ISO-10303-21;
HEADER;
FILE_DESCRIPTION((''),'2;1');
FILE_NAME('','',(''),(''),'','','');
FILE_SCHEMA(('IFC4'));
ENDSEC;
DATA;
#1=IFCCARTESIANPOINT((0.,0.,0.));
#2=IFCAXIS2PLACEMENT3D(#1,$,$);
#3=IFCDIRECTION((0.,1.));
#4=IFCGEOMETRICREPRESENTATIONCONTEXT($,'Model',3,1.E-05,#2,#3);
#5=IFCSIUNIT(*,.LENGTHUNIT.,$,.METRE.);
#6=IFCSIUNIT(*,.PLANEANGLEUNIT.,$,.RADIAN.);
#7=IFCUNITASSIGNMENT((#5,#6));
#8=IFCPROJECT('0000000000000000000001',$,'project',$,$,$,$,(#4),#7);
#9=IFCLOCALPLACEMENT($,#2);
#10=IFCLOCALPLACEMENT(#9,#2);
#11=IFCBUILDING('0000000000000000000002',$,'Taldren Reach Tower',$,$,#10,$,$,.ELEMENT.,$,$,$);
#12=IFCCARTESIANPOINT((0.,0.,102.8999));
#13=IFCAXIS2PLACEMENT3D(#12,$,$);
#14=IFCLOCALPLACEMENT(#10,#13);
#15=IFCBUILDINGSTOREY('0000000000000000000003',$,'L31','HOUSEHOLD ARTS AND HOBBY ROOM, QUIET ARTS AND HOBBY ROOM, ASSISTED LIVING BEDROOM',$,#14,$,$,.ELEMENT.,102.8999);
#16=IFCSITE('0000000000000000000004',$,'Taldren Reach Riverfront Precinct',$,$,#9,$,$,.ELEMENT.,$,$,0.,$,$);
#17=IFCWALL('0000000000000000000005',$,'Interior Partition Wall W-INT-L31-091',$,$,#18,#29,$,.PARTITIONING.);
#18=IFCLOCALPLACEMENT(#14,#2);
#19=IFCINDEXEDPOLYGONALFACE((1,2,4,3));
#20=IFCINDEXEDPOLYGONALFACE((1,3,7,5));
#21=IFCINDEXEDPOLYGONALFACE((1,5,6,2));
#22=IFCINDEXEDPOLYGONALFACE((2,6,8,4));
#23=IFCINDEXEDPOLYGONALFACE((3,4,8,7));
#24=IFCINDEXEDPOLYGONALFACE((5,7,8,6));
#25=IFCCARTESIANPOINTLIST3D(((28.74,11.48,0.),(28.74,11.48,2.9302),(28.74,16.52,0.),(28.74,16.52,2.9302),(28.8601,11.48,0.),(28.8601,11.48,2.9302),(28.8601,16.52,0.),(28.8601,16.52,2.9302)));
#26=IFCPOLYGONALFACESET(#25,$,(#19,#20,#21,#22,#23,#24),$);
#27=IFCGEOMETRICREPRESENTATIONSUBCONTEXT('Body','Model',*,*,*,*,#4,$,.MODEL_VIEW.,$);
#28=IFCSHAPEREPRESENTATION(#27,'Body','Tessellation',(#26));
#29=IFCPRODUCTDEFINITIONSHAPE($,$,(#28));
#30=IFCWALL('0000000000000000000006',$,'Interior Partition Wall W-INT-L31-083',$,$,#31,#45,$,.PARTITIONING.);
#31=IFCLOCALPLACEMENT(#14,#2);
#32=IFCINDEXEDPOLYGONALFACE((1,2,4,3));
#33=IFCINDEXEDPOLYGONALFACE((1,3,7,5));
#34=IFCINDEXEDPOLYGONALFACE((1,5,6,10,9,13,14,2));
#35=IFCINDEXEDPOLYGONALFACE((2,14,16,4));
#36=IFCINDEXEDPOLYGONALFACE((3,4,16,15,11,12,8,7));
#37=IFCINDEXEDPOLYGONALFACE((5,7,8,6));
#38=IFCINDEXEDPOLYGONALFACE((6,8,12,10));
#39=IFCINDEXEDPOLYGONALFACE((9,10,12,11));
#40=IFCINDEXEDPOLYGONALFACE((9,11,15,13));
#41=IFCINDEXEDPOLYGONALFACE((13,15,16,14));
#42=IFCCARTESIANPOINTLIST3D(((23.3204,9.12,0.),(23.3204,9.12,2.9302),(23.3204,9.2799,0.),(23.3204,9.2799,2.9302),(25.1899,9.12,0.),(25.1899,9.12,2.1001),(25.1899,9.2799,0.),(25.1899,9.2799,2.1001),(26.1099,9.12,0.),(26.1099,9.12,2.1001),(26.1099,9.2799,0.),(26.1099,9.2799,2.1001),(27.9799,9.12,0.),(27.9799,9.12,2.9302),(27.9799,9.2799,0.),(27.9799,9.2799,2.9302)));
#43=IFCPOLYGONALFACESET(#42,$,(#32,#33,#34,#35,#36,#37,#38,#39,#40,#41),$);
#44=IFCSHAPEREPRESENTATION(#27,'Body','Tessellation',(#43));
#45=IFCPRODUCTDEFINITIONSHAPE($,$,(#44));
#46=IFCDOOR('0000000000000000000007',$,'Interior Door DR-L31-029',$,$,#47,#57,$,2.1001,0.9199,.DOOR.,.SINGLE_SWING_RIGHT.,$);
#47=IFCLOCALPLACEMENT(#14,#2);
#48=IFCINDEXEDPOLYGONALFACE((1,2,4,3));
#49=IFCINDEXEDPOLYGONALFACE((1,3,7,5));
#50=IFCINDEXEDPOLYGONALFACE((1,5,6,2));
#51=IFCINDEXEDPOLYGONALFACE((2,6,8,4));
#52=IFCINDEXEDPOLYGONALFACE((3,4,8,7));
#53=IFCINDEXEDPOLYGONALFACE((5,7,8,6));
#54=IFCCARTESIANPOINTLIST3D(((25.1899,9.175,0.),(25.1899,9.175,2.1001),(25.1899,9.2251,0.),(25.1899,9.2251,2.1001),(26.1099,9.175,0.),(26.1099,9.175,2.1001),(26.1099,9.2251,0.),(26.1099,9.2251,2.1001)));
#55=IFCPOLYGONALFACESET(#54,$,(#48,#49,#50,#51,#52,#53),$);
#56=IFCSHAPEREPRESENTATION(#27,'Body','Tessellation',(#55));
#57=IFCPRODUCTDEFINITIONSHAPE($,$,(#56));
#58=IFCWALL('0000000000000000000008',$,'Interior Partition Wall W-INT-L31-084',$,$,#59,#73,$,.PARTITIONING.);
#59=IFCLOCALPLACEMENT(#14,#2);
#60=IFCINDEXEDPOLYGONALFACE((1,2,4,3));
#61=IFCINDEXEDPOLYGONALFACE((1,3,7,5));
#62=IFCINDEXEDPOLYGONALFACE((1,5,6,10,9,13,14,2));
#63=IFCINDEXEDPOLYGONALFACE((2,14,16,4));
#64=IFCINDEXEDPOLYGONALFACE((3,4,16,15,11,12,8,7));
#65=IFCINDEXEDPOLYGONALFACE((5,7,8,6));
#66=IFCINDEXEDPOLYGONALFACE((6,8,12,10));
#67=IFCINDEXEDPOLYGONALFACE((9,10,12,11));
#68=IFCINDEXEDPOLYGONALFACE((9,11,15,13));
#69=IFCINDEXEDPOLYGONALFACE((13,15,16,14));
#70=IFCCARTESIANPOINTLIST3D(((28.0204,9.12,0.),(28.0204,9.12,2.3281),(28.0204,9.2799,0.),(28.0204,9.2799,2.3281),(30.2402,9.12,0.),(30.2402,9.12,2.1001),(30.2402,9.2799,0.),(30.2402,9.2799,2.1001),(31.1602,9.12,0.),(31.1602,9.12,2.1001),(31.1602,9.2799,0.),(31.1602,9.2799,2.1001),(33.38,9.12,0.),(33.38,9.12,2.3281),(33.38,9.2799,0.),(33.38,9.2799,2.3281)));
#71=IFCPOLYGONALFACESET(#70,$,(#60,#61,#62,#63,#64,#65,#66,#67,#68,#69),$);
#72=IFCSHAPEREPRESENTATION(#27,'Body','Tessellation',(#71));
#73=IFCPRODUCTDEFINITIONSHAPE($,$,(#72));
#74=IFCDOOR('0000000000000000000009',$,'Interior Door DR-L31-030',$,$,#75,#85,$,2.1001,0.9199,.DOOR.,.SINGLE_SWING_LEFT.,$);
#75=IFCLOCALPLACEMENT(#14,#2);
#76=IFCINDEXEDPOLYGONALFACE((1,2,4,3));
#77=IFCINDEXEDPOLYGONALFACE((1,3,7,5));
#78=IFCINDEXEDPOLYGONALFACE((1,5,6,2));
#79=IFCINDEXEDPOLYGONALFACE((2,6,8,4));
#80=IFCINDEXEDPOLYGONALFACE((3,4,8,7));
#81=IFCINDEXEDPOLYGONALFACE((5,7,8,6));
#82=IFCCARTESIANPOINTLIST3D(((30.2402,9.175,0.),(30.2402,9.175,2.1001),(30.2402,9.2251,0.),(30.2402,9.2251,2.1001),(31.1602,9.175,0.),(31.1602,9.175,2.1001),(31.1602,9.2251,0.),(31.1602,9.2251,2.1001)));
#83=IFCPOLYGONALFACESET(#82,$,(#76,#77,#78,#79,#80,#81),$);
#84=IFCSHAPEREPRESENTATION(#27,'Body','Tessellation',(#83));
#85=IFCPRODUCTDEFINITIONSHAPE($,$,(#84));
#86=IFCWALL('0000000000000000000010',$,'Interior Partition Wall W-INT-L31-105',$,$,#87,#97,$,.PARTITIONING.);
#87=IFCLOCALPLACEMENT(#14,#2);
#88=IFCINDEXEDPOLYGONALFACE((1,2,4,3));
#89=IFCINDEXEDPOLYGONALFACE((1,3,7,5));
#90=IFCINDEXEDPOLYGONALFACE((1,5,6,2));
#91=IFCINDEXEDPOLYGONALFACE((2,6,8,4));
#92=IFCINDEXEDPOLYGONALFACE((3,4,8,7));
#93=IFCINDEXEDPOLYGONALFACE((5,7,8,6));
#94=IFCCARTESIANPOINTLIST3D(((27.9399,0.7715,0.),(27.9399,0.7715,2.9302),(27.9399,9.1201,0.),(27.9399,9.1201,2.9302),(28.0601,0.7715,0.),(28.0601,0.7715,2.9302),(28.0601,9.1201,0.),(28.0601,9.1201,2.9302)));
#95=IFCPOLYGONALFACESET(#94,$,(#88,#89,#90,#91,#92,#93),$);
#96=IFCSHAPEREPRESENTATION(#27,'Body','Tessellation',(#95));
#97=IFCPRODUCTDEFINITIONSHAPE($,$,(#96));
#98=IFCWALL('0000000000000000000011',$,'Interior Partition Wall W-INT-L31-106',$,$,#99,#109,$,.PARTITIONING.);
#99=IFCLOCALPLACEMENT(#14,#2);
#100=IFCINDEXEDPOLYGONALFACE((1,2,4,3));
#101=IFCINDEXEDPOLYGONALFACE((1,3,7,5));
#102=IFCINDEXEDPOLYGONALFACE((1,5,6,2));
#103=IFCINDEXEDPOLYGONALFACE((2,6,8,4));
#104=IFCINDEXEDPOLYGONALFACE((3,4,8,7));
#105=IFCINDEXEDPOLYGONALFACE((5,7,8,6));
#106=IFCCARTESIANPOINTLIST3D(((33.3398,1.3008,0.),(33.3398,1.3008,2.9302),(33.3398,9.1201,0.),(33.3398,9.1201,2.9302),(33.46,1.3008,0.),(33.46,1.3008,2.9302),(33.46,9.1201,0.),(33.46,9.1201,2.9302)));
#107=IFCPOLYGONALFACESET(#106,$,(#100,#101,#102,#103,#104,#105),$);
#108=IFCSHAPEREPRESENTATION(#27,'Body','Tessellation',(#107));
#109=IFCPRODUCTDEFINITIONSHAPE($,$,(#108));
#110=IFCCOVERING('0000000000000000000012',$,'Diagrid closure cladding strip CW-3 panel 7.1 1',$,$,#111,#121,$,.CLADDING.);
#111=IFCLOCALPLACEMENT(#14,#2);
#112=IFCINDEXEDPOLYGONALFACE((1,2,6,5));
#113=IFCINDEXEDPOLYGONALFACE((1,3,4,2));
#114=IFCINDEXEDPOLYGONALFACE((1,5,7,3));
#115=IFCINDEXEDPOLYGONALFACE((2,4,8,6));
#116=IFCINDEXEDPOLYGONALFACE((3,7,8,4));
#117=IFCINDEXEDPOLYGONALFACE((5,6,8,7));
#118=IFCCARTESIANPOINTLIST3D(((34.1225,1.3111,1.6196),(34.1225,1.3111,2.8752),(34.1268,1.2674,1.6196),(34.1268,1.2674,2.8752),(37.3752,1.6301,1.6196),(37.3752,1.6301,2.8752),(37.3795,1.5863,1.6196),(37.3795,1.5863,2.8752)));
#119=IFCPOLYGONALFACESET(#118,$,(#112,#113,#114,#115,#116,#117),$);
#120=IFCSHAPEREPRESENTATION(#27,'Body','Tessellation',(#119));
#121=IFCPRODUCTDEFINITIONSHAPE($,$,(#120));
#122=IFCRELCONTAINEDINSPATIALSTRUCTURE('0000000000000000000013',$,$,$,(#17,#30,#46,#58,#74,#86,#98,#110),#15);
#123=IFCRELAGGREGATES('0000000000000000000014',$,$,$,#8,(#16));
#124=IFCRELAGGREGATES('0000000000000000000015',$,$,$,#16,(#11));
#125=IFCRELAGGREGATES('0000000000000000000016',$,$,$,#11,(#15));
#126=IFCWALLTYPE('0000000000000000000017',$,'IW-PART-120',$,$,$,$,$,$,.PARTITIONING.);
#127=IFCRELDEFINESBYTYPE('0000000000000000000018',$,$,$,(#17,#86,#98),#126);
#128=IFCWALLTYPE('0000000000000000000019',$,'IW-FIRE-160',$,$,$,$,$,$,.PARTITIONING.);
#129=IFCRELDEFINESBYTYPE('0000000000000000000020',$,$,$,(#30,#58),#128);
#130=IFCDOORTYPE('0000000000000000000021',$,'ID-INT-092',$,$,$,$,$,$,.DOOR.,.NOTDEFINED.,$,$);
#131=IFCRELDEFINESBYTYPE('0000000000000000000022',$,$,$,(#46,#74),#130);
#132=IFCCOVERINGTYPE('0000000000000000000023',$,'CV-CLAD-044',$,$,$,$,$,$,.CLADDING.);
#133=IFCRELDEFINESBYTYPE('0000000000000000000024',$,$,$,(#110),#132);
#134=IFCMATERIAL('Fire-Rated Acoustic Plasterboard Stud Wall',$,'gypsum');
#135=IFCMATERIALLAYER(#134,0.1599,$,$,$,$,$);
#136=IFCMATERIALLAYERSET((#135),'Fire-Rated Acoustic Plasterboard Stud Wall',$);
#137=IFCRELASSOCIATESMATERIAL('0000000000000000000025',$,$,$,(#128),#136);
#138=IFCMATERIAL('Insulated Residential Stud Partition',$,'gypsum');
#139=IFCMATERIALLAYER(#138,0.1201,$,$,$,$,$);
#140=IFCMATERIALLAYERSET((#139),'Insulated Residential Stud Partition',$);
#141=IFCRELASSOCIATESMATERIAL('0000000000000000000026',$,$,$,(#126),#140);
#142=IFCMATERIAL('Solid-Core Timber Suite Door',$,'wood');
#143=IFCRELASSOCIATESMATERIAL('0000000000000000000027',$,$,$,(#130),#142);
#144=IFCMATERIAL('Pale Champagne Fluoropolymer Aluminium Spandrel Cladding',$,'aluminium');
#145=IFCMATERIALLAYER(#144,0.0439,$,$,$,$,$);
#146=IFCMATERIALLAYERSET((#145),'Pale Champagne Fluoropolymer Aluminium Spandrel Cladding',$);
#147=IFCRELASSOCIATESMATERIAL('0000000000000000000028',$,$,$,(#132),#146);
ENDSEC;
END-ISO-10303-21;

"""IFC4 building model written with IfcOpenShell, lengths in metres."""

from ifc_helpers import new_model, si_unit, direction, frame, frame_2d, origin, origin_2d, place, context, subcontext, project, spatial, rectangle, extrude, source, transform, mapped, material, layer, layer_set, type_object, element, fill, save


model = new_model("IFC4")

# Units and contexts
model_context = context("Model", 3, precision=1e-05, world=origin(), true_north=direction((0.0, 1.0)))
body_context = subcontext(model_context, "Body", "Model", "MODEL_VIEW")
ifc_project = project(units=[si_unit("LENGTHUNIT", "METRE"), si_unit("PLANEANGLEUNIT", "RADIAN")], contexts=[model_context])

# Site, building, storey
site_placement = place(None, origin())
site = spatial("IfcSite", under=ifc_project, at=site_placement, Name="Taldren Reach Riverfront Precinct", CompositionType="ELEMENT", RefElevation=0.0)
building_placement = place(site_placement, origin())
building = spatial("IfcBuilding", under=site, at=building_placement, Name="Taldren Reach Tower", CompositionType="ELEMENT")
storey_placement = place(building_placement, frame((0.0, 0.0, 102.8999)))
storey = spatial("IfcBuildingStorey", under=building, at=storey_placement, Name="L31", Description="HOUSEHOLD ARTS AND HOBBY ROOM, QUIET ARTS AND HOBBY ROOM, ASSISTED LIVING BEDROOM", CompositionType="ELEMENT", Elevation=102.8999)

# Shared definitions
ifc_material_1 = material(Name="Fire-Rated Acoustic Plasterboard Stud Wall", Category="gypsum")
ifc_layer_1 = layer(ifc_material_1, 0.1599)
ifc_layer_set_1 = layer_set([ifc_layer_1], Name="Fire-Rated Acoustic Plasterboard Stud Wall")
wall_type_1 = type_object("IfcWallType", Name="IW-FIRE-160", PredefinedType="PARTITIONING", material=ifc_layer_set_1)

# Wall
ifc_material_2 = material(Name="Insulated Residential Stud Partition", Category="gypsum")
ifc_layer_2 = layer(ifc_material_2, 0.1201)
ifc_layer_set_2 = layer_set([ifc_layer_2], Name="Insulated Residential Stud Partition")
wall_type_2 = type_object("IfcWallType", Name="IW-PART-120", PredefinedType="PARTITIONING", material=ifc_layer_set_2)
shared_shape_1 = source(origin(), body_context, "Body", "SweptSolid", [
    extrude(rectangle(XDim=5.04, YDim=0.1201, at=frame_2d((2.52, 0.0))), origin(), (0.0, 0.0, 1.0), 2.9302),
])
wall_1_placement = place(storey_placement, frame((28.8, 16.52, 0.0), z_axis=(0.0, 0.0, 1.0), x_axis=(0.0, -1.0, 0.0)))
element("IfcWall", 1, at=wall_1_placement, inside=storey, type_object=wall_type_2, Name="Interior Partition Wall W-INT-L31-091", PredefinedType="PARTITIONING", context=body_context, shape_type="MappedRepresentation", body=[
    mapped(shared_shape_1, transform((0.0, 0.0, 0.0), scale=1.0)),
])

# Walls, openings, doors
shared_shape_2 = source(origin(), body_context, "Body", "SweptSolid", [
    extrude(rectangle(XDim=4.6594, YDim=0.1599, at=frame_2d((2.3296, 0.0))), origin(), (0.0, 0.0, 1.0), 2.9302),
])
wall_2_placement = place(storey_placement, frame((27.9797, 9.2, 0.0), z_axis=(0.0, 0.0, 1.0), x_axis=(-1.0, 0.0, 0.0)))
wall_2 = element("IfcWall", 2, at=wall_2_placement, inside=storey, type_object=wall_type_1, Name="Interior Partition Wall W-INT-L31-083", PredefinedType="PARTITIONING", context=body_context, shape_type="MappedRepresentation", body=[
    mapped(shared_shape_2, transform((0.0, 0.0, 0.0), scale=1.0)),
])
shared_shape_3 = source(origin(), body_context, "Body", "SweptSolid", [
    extrude(rectangle(XDim=0.9199, YDim=2.1001, at=frame_2d((0.46, 1.05))), frame((0.0, 0.0898, 0.0), z_axis=(0.0, -1.0, 0.0), x_axis=(1.0, 0.0, 0.0)), (0.0, 0.0, 1.0), 0.1799),
])
opening_1_placement = place(wall_2_placement, frame((1.8699, 0.0, 0.0)))
opening_1 = element("IfcOpeningElement", 3, at=opening_1_placement, cuts=wall_2, PredefinedType="OPENING", context=body_context, shape_type="MappedRepresentation", body=[
    mapped(shared_shape_3, transform((0.0, 0.0, 0.0), scale=1.0)),
])
ifc_material_3 = material(Name="Solid-Core Timber Suite Door", Category="wood")
door_type_1 = type_object("IfcDoorType", Name="ID-INT-092", OperationType="NOTDEFINED", PredefinedType="DOOR", material=ifc_material_3)
shared_shape_4 = source(origin(), body_context, "Body", "SweptSolid", [
    extrude(rectangle(XDim=0.9199, YDim=2.1001, at=frame_2d((0.46, 1.05))), frame((0.0, 0.0249, 0.0), z_axis=(0.0, -1.0, 0.0), x_axis=(1.0, 0.0, 0.0)), (0.0, 0.0, 1.0), 0.05),
])
door_1_placement = place(opening_1_placement, origin())
door_1 = element("IfcDoor", 4, at=door_1_placement, inside=storey, type_object=door_type_1, Name="Interior Door DR-L31-029", OperationType="SINGLE_SWING_RIGHT", OverallHeight=2.1001, OverallWidth=0.9199, PredefinedType="DOOR", context=body_context, shape_type="MappedRepresentation", body=[
    mapped(shared_shape_4, transform((0.0, 0.0, 0.0), scale=1.0)),
])
fill(opening_1, door_1)
shared_shape_5 = source(origin(), body_context, "Body", "SweptSolid", [
    extrude(rectangle(XDim=5.3596, YDim=0.1599, at=frame_2d((2.6797, 0.0))), origin(), (0.0, 0.0, 1.0), 2.3281),
])
wall_3_placement = place(storey_placement, frame((33.3799, 9.2, 0.0), z_axis=(0.0, 0.0, 1.0), x_axis=(-1.0, 0.0, 0.0)))
wall_3 = element("IfcWall", 5, at=wall_3_placement, inside=storey, type_object=wall_type_1, Name="Interior Partition Wall W-INT-L31-084", PredefinedType="PARTITIONING", context=body_context, shape_type="MappedRepresentation", body=[
    mapped(shared_shape_5, transform((0.0, 0.0, 0.0), scale=1.0)),
])
opening_2_placement = place(wall_3_placement, frame((2.2197, 0.0, 0.0)))
opening_2 = element("IfcOpeningElement", 6, at=opening_2_placement, cuts=wall_3, PredefinedType="OPENING", context=body_context, shape_type="MappedRepresentation", body=[
    mapped(shared_shape_3, transform((0.0, 0.0, 0.0), scale=1.0)),
])
door_2_placement = place(opening_2_placement, origin())
door_2 = element("IfcDoor", 7, at=door_2_placement, inside=storey, type_object=door_type_1, Name="Interior Door DR-L31-030", OperationType="SINGLE_SWING_LEFT", OverallHeight=2.1001, OverallWidth=0.9199, PredefinedType="DOOR", context=body_context, shape_type="MappedRepresentation", body=[
    mapped(shared_shape_4, transform((0.0, 0.0, 0.0), scale=1.0)),
])
fill(opening_2, door_2)

# Walls
shared_shape_6 = source(origin(), body_context, "Body", "SweptSolid", [
    extrude(rectangle(XDim=8.3486, YDim=0.1201, at=frame_2d((4.1743, 0.0))), origin(), (0.0, 0.0, 1.0), 2.9302),
])
wall_4_placement = place(storey_placement, frame((28.0, 9.1201, 0.0), z_axis=(0.0, 0.0, 1.0), x_axis=(0.0, -1.0, 0.0)))
element("IfcWall", 8, at=wall_4_placement, inside=storey, type_object=wall_type_2, Name="Interior Partition Wall W-INT-L31-105", PredefinedType="PARTITIONING", context=body_context, shape_type="MappedRepresentation", body=[
    mapped(shared_shape_6, transform((0.0, 0.0, 0.0), scale=1.0)),
])
shared_shape_7 = source(origin(), body_context, "Body", "SweptSolid", [
    extrude(rectangle(XDim=7.8193, YDim=0.1201, at=frame_2d((3.9097, 0.0))), origin(), (0.0, 0.0, 1.0), 2.9302),
])
wall_5_placement = place(storey_placement, frame((33.3999, 9.1201, 0.0), z_axis=(0.0, 0.0, 1.0), x_axis=(0.0, -1.0, 0.0)))
element("IfcWall", 9, at=wall_5_placement, inside=storey, type_object=wall_type_2, Name="Interior Partition Wall W-INT-L31-106", PredefinedType="PARTITIONING", context=body_context, shape_type="MappedRepresentation", body=[
    mapped(shared_shape_7, transform((0.0, 0.0, 0.0), scale=1.0)),
])

# Covering
ifc_material_4 = material(Name="Pale Champagne Fluoropolymer Aluminium Spandrel Cladding", Category="aluminium")
ifc_layer_3 = layer(ifc_material_4, 0.0439)
ifc_layer_set_3 = layer_set([ifc_layer_3], Name="Pale Champagne Fluoropolymer Aluminium Spandrel Cladding")
covering_type = type_object("IfcCoveringType", Name="CV-CLAD-044", PredefinedType="CLADDING", material=ifc_layer_set_3)
shared_shape_8 = source(origin(), body_context, "Body", "SweptSolid", [
    extrude(rectangle(XDim=3.2683, YDim=0.0439, at=origin_2d()), origin(), (0.0, 0.0, 1.0), 1.2556),
])
covering_placement = place(storey_placement, frame((35.751, 1.4487, 1.6196), z_axis=(0.0, 0.0, 1.0), x_axis=(0.995227, 0.097583, 0.0)))
element("IfcCovering", 10, at=covering_placement, inside=storey, type_object=covering_type, Name="Diagrid closure cladding strip CW-3 panel 7.1 1", PredefinedType="CLADDING", context=body_context, shape_type="MappedRepresentation", body=[
    mapped(shared_shape_8, transform((0.0, 0.0, 0.0), scale=1.0)),
])

save(model, "model.ifc")
